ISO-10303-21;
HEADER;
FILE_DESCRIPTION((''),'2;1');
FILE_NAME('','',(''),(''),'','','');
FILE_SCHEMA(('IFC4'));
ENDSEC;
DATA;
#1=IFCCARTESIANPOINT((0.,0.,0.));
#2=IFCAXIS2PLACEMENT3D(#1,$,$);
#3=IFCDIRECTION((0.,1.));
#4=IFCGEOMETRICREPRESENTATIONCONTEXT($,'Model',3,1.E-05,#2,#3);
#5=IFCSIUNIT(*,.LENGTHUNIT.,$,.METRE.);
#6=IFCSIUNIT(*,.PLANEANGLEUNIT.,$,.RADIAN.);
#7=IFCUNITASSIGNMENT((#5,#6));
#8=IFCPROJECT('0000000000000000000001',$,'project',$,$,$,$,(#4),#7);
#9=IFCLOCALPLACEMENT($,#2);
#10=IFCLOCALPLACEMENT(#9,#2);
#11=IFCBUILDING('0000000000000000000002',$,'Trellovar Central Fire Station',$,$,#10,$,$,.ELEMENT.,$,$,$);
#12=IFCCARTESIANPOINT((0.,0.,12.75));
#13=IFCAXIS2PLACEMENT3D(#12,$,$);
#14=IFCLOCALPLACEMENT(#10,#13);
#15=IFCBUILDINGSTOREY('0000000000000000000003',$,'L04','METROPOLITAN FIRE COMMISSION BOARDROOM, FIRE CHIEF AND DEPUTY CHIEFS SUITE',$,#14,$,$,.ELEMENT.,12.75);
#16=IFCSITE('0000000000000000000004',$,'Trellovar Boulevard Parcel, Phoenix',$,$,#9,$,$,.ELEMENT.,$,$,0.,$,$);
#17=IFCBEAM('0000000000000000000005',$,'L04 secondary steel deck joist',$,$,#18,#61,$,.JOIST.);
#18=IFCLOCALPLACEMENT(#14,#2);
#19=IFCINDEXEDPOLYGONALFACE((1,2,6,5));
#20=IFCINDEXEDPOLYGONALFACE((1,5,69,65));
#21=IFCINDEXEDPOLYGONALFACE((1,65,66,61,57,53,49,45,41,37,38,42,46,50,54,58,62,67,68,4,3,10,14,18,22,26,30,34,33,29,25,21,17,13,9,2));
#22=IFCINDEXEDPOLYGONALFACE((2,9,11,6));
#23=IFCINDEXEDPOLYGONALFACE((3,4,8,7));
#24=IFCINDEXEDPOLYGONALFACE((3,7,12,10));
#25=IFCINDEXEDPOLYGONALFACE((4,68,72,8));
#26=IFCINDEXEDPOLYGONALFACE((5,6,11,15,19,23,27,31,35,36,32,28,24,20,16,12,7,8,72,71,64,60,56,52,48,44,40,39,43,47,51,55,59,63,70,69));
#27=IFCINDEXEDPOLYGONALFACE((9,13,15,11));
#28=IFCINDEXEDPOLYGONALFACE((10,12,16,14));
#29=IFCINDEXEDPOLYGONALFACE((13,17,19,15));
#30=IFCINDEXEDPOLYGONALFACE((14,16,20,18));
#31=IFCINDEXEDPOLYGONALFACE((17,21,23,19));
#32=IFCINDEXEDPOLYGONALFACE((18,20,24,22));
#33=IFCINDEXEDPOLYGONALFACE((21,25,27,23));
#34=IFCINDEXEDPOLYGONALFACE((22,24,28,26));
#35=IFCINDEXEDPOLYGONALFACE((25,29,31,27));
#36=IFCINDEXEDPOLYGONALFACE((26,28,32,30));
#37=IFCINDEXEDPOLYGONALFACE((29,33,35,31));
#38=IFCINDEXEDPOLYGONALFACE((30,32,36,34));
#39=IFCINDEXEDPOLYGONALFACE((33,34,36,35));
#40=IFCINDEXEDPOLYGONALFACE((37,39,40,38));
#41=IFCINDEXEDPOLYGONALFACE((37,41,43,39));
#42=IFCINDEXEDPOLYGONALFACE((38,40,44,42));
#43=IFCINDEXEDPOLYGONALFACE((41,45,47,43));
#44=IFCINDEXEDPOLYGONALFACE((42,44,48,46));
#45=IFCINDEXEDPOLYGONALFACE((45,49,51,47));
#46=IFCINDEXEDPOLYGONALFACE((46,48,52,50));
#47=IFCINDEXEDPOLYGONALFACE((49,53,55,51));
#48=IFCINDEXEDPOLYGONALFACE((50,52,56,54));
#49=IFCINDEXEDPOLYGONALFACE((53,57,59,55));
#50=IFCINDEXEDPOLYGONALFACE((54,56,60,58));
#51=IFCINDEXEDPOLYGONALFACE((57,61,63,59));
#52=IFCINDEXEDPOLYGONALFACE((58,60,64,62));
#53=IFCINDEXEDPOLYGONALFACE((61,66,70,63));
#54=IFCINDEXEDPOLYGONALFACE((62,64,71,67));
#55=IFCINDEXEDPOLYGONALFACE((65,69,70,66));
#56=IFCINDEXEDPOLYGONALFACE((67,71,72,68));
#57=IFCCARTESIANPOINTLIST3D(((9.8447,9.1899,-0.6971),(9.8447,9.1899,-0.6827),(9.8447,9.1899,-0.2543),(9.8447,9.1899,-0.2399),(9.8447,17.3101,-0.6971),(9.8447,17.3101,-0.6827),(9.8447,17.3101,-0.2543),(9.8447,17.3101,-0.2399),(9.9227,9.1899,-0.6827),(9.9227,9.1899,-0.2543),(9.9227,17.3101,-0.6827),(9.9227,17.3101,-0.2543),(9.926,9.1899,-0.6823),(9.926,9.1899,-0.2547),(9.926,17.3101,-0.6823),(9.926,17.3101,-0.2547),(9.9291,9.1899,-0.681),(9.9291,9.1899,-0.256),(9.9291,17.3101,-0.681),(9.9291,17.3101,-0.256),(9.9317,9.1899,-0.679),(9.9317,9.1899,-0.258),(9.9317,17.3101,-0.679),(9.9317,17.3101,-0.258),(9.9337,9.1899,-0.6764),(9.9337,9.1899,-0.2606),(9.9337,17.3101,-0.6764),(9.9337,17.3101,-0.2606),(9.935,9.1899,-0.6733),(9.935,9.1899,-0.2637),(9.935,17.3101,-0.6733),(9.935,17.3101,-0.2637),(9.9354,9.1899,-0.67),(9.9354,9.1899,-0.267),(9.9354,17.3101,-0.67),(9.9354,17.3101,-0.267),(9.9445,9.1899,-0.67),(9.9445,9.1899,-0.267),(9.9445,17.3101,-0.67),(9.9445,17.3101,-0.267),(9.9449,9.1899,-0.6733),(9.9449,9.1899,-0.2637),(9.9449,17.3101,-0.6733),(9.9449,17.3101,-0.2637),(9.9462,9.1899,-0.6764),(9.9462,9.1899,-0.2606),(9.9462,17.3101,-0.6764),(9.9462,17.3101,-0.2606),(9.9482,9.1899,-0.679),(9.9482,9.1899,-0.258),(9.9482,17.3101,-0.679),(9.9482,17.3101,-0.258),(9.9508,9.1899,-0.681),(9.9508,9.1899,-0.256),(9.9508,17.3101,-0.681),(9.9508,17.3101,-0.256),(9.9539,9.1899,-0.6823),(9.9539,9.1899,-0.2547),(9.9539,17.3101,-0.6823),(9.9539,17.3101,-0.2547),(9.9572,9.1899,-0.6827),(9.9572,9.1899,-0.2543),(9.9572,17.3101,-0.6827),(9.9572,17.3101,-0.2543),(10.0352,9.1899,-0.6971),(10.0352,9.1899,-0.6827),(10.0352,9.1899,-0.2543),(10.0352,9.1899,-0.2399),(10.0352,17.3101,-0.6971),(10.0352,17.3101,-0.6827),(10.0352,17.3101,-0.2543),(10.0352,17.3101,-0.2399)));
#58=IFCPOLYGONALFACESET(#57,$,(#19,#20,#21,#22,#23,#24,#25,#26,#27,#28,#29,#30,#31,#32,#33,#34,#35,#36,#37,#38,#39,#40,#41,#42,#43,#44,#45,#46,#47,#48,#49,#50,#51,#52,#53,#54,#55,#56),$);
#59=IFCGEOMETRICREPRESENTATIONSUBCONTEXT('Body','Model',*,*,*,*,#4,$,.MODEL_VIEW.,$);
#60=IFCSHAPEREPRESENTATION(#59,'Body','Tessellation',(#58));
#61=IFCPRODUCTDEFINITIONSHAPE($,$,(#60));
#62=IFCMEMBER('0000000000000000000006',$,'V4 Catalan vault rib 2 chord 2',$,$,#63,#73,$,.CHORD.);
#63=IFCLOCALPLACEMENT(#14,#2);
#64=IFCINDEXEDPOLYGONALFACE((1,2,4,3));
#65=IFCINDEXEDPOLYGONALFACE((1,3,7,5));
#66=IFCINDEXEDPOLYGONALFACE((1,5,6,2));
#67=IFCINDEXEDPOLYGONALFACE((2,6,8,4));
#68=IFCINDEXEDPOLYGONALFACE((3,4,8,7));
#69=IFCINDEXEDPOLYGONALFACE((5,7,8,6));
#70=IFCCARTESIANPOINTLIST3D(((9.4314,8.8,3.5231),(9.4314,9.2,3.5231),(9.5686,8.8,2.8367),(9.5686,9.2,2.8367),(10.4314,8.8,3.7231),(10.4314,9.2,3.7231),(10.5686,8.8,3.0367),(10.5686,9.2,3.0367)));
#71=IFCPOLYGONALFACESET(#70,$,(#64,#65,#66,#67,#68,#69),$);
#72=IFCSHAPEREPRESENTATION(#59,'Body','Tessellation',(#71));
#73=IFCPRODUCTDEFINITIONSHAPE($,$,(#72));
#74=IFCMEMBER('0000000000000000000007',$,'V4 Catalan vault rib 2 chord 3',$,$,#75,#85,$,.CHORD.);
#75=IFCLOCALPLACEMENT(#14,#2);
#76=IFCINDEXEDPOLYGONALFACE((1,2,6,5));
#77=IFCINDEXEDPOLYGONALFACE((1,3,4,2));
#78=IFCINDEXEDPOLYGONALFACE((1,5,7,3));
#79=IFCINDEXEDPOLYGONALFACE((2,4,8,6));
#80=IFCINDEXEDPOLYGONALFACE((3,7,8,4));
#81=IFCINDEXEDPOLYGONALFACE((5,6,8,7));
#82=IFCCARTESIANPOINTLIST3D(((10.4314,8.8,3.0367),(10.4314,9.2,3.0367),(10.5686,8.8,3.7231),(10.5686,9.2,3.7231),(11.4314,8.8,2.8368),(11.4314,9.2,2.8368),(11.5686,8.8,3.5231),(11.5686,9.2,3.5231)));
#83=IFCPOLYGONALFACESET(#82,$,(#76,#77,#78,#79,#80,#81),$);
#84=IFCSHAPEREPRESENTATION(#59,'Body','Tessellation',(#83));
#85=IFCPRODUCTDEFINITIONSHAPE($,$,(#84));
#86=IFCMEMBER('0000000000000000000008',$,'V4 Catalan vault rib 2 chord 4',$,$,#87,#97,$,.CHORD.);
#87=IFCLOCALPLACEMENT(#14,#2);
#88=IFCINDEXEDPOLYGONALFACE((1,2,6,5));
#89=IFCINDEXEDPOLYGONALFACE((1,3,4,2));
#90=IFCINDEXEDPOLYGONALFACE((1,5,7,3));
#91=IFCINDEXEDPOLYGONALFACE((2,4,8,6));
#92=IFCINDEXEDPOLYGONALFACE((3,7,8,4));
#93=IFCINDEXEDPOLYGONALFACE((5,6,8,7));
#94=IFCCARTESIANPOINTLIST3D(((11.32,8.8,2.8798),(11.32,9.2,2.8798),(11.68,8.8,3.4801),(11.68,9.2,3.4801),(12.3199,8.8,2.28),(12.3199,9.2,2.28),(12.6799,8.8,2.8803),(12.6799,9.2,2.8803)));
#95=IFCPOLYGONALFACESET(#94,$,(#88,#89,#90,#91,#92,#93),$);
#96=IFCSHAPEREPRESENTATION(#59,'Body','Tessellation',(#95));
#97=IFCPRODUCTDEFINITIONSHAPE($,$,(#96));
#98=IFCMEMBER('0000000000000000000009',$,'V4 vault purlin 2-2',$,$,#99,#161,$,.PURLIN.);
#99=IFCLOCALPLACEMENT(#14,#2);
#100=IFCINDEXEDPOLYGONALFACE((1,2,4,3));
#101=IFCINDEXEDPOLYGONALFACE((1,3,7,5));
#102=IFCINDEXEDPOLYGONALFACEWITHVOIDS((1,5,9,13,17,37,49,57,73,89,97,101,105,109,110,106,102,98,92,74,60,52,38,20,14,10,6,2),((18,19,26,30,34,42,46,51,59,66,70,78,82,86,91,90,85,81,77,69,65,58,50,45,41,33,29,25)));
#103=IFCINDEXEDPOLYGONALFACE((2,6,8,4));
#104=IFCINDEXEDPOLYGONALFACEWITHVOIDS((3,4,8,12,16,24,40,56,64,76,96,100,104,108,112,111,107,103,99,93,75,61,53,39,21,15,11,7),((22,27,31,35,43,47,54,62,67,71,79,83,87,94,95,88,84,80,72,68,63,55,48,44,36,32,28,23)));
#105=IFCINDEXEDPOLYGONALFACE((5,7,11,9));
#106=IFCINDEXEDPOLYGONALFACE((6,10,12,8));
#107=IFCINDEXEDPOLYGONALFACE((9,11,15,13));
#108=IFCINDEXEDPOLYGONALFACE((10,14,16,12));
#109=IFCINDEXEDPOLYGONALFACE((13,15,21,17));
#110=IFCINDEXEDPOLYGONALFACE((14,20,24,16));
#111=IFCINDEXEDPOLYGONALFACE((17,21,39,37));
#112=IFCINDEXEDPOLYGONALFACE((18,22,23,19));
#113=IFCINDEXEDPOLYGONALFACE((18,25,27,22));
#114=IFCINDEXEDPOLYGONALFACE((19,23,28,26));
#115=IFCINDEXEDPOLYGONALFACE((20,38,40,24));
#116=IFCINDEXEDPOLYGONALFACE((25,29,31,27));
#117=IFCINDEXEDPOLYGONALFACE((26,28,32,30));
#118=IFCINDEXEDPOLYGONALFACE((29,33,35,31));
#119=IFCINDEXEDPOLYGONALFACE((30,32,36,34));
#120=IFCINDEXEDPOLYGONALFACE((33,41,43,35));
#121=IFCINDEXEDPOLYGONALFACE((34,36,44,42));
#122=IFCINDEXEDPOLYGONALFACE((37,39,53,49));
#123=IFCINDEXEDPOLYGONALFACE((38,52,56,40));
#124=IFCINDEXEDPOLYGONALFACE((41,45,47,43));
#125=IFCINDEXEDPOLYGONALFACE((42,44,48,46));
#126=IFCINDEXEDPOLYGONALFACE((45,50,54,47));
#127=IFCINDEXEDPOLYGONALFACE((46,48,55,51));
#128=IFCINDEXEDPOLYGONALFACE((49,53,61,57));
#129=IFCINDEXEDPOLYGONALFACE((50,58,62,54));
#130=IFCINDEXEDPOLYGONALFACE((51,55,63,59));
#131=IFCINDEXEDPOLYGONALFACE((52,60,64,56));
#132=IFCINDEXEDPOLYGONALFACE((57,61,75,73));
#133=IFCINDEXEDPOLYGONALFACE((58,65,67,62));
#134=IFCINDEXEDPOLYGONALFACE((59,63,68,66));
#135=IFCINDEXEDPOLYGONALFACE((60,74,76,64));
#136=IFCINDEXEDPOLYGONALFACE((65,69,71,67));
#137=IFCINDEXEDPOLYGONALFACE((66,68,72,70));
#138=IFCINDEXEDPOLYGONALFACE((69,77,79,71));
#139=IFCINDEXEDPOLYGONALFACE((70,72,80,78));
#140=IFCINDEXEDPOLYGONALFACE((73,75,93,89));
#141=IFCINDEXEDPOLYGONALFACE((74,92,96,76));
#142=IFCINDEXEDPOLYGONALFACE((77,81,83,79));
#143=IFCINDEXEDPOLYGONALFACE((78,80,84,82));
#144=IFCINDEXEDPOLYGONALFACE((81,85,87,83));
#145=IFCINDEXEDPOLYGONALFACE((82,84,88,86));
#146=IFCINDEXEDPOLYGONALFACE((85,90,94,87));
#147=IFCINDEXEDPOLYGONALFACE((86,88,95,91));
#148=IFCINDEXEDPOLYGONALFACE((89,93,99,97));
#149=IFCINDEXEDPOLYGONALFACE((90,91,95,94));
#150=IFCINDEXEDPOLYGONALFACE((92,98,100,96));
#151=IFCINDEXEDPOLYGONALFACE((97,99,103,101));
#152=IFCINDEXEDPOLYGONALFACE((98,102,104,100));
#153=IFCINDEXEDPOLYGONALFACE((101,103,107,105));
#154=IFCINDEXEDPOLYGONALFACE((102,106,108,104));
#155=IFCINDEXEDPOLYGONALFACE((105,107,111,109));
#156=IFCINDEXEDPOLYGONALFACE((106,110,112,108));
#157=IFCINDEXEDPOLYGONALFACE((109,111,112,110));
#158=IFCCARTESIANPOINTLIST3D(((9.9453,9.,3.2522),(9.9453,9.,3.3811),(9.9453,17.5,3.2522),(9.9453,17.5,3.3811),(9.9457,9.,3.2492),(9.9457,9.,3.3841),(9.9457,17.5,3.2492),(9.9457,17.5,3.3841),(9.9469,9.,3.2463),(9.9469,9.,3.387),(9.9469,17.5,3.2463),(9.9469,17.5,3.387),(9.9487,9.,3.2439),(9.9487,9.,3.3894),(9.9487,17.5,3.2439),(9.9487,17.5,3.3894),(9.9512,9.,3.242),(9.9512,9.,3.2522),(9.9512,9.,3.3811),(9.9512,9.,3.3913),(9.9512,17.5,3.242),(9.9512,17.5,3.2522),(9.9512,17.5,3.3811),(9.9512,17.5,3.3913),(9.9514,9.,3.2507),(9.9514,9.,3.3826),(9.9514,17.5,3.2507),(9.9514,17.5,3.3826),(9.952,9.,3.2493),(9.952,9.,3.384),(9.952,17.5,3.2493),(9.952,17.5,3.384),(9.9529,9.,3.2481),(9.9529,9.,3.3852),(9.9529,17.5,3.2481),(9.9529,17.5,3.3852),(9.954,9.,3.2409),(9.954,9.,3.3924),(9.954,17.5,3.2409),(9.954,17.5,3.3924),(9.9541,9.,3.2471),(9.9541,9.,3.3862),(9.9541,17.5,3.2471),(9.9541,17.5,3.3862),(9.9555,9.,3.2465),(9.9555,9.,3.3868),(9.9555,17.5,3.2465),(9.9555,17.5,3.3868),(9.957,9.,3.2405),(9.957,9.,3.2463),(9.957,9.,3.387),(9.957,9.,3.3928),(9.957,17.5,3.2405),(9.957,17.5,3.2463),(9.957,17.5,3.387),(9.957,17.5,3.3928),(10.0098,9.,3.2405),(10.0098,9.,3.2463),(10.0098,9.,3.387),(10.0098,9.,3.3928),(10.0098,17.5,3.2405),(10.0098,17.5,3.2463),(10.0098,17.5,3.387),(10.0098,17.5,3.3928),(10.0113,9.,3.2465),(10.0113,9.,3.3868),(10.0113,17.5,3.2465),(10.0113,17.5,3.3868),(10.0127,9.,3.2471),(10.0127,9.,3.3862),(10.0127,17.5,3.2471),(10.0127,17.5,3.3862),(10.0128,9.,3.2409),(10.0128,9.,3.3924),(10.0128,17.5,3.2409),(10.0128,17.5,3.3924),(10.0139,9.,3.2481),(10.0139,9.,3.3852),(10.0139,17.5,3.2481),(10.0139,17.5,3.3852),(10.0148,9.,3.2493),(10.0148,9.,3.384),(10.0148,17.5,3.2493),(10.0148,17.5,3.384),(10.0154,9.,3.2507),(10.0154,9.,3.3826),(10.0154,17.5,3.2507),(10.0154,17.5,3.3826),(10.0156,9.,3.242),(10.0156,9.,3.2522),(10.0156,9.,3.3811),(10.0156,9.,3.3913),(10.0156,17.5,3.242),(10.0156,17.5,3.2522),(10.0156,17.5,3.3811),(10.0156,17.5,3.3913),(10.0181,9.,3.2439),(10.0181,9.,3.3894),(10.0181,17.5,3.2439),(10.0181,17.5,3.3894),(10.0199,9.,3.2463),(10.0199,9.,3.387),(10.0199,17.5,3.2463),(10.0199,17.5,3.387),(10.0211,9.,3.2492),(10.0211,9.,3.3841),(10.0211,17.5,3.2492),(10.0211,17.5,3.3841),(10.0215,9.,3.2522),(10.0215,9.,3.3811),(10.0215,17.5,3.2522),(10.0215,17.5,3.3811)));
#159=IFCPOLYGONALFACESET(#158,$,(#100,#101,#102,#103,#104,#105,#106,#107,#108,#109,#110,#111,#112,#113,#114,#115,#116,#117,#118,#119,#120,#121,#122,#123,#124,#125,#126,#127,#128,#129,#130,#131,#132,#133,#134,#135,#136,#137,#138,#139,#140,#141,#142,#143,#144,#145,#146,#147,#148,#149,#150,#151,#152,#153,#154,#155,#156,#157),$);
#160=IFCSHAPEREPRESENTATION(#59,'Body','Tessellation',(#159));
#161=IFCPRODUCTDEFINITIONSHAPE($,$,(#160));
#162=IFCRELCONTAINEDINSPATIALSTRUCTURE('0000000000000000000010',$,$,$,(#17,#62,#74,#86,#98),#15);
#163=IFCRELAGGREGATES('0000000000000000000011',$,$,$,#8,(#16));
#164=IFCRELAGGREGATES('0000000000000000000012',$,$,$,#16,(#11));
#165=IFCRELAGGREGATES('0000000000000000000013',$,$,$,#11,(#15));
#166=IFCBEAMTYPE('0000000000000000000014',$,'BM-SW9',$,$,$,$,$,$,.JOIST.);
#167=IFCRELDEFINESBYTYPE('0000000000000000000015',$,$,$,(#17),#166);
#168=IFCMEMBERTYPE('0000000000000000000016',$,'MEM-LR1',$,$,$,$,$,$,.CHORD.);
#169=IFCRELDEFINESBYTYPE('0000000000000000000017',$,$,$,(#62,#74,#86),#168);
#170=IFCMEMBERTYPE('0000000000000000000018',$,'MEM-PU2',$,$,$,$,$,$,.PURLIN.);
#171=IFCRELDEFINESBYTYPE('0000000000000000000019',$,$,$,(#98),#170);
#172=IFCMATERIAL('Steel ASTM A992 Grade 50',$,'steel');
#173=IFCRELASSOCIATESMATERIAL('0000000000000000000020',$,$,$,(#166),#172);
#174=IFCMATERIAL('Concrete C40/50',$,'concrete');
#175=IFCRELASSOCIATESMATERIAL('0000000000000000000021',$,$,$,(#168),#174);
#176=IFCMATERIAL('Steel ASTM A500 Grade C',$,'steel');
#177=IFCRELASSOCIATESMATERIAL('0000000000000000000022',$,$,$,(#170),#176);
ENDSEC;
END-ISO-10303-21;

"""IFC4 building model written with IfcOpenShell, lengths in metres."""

from ifc_helpers import new_model, si_unit, direction, frame, origin, origin_2d, place, context, subcontext, project, spatial, rectangle, hollow_rectangle, i_section, extrude, material, material_profile, profile_set, type_object, element, save


model = new_model("IFC4")

# Units and contexts
model_context = context("Model", 3, precision=1e-05, world=origin(), true_north=direction((0.0, 1.0)))
body_context = subcontext(model_context, "Body", "Model", "MODEL_VIEW")
ifc_project = project(units=[si_unit("LENGTHUNIT", "METRE"), si_unit("PLANEANGLEUNIT", "RADIAN")], contexts=[model_context])

# Site, building, storey
site_placement = place(None, origin())
site = spatial("IfcSite", under=ifc_project, at=site_placement, Name="Trellovar Boulevard Parcel, Phoenix", CompositionType="ELEMENT", RefElevation=0.0)
building_placement = place(site_placement, origin())
building = spatial("IfcBuilding", under=site, at=building_placement, Name="Trellovar Central Fire Station", CompositionType="ELEMENT")
storey_placement = place(building_placement, frame((0.0, 0.0, 12.75)))
storey = spatial("IfcBuildingStorey", under=building, at=storey_placement, Name="L04", Description="METROPOLITAN FIRE COMMISSION BOARDROOM, FIRE CHIEF AND DEPUTY CHIEFS SUITE", CompositionType="ELEMENT", Elevation=12.75)

# Beam
ifc_material_1 = material(Name="Steel ASTM A992 Grade 50", Category="steel")
ifc_material_profile_1 = material_profile(ifc_material_1, i_section(OverallWidth=0.1904, OverallDepth=0.4573, WebThickness=0.009, FlangeThickness=0.0144, FilletRadius=0.0127, at=origin_2d()), Name="W18X50")
ifc_profile_set_1 = profile_set([ifc_material_profile_1], Name="Steel ASTM A992 Grade 50")
beam_type_1 = type_object("IfcBeamType", Name="BM-SW9", PredefinedType="JOIST", material=ifc_profile_set_1)
beam_1_placement = place(storey_placement, frame((9.9399, 9.1899, -0.4685), z_axis=(0.0, 1.0, 0.0), x_axis=(-1.0, 0.0, 0.0)))
element("IfcBeam", 1, at=beam_1_placement, inside=storey, type_object=beam_type_1, Name="L04 secondary steel deck joist", PredefinedType="JOIST", context=body_context, shape_type="SweptSolid", body=[
    extrude(i_section(OverallWidth=0.1904, OverallDepth=0.4573, WebThickness=0.009, FlangeThickness=0.0144, FilletRadius=0.0127, at=origin_2d()), origin(), (0.0, 0.0, 1.0), 8.1201),
])

# Members
ifc_material_2 = material(Name="Concrete C40/50", Category="concrete")
ifc_material_profile_2 = material_profile(ifc_material_2, rectangle(XDim=0.3999, YDim=0.7, at=origin_2d()), Name="RC400X700")
ifc_profile_set_2 = profile_set([ifc_material_profile_2], Name="Concrete C40/50")
member_type_1 = type_object("IfcMemberType", Name="MEM-LR1", PredefinedType="CHORD", material=ifc_profile_set_2)
for number, where, z_axis, x_axis, name in (
    (2, (9.5, 9.0, 3.1799), (0.98059, 0.0, 0.19607), (0.0, 1.0, 0.0), "V4 Catalan vault rib 2 chord 2"),
    (3, (10.5, 9.0, 3.3799), (0.98059, 0.0, -0.19607), (0.0, 1.0, 0.0), "V4 Catalan vault rib 2 chord 3"),
):
    element("IfcMember", number, at=place(storey_placement, frame(where, z_axis=z_axis, x_axis=x_axis)), inside=storey, type_object=member_type_1, Name=name, PredefinedType="CHORD", context=body_context, shape_type="SweptSolid", body=[
        extrude(rectangle(XDim=0.3999, YDim=0.7, at=origin_2d()), origin(), (0.0, 0.0, 1.0), 1.0198),
    ])
member_placement = place(storey_placement, frame((11.5, 9.0, 3.1799), z_axis=(0.857548, 0.0, -0.514403), x_axis=(0.0, 1.0, 0.0)))
element("IfcMember", 4, at=member_placement, inside=storey, type_object=member_type_1, Name="V4 Catalan vault rib 2 chord 4", PredefinedType="CHORD", context=body_context, shape_type="SweptSolid", body=[
    extrude(rectangle(XDim=0.3999, YDim=0.7, at=origin_2d()), origin(), (0.0, 0.0, 1.0), 1.166),
])
ifc_material_3 = material(Name="Steel ASTM A500 Grade C", Category="steel")
ifc_material_profile_3 = material_profile(ifc_material_3, hollow_rectangle(XDim=0.0762, YDim=0.1523, WallThickness=0.0059, InnerFilletRadius=0.0059, OuterFilletRadius=0.0117, at=origin_2d()), Name="HSS6X3X1/4")
ifc_profile_set_3 = profile_set([ifc_material_profile_3], Name="Steel ASTM A500 Grade C")
member_type_2 = type_object("IfcMemberType", Name="MEM-PU2", PredefinedType="PURLIN", material=ifc_profile_set_3)
for number, where, z_axis, x_axis, name in (
    (5, (9.9834, 9.0, 3.3167), (0.0, 1.0, 0.0), (-1.0, 0.0, 0.0), "V4 vault purlin 2-2"),
):
    element("IfcMember", number, at=place(storey_placement, frame(where, z_axis=z_axis, x_axis=x_axis)), inside=storey, type_object=member_type_2, Name=name, PredefinedType="PURLIN", context=body_context, shape_type="SweptSolid", body=[
        extrude(hollow_rectangle(XDim=0.0762, YDim=0.1523, WallThickness=0.0059, InnerFilletRadius=0.0059, OuterFilletRadius=0.0117, at=origin_2d()), origin(), (0.0, 0.0, 1.0), 8.5),
    ])

save(model, "model.ifc")
